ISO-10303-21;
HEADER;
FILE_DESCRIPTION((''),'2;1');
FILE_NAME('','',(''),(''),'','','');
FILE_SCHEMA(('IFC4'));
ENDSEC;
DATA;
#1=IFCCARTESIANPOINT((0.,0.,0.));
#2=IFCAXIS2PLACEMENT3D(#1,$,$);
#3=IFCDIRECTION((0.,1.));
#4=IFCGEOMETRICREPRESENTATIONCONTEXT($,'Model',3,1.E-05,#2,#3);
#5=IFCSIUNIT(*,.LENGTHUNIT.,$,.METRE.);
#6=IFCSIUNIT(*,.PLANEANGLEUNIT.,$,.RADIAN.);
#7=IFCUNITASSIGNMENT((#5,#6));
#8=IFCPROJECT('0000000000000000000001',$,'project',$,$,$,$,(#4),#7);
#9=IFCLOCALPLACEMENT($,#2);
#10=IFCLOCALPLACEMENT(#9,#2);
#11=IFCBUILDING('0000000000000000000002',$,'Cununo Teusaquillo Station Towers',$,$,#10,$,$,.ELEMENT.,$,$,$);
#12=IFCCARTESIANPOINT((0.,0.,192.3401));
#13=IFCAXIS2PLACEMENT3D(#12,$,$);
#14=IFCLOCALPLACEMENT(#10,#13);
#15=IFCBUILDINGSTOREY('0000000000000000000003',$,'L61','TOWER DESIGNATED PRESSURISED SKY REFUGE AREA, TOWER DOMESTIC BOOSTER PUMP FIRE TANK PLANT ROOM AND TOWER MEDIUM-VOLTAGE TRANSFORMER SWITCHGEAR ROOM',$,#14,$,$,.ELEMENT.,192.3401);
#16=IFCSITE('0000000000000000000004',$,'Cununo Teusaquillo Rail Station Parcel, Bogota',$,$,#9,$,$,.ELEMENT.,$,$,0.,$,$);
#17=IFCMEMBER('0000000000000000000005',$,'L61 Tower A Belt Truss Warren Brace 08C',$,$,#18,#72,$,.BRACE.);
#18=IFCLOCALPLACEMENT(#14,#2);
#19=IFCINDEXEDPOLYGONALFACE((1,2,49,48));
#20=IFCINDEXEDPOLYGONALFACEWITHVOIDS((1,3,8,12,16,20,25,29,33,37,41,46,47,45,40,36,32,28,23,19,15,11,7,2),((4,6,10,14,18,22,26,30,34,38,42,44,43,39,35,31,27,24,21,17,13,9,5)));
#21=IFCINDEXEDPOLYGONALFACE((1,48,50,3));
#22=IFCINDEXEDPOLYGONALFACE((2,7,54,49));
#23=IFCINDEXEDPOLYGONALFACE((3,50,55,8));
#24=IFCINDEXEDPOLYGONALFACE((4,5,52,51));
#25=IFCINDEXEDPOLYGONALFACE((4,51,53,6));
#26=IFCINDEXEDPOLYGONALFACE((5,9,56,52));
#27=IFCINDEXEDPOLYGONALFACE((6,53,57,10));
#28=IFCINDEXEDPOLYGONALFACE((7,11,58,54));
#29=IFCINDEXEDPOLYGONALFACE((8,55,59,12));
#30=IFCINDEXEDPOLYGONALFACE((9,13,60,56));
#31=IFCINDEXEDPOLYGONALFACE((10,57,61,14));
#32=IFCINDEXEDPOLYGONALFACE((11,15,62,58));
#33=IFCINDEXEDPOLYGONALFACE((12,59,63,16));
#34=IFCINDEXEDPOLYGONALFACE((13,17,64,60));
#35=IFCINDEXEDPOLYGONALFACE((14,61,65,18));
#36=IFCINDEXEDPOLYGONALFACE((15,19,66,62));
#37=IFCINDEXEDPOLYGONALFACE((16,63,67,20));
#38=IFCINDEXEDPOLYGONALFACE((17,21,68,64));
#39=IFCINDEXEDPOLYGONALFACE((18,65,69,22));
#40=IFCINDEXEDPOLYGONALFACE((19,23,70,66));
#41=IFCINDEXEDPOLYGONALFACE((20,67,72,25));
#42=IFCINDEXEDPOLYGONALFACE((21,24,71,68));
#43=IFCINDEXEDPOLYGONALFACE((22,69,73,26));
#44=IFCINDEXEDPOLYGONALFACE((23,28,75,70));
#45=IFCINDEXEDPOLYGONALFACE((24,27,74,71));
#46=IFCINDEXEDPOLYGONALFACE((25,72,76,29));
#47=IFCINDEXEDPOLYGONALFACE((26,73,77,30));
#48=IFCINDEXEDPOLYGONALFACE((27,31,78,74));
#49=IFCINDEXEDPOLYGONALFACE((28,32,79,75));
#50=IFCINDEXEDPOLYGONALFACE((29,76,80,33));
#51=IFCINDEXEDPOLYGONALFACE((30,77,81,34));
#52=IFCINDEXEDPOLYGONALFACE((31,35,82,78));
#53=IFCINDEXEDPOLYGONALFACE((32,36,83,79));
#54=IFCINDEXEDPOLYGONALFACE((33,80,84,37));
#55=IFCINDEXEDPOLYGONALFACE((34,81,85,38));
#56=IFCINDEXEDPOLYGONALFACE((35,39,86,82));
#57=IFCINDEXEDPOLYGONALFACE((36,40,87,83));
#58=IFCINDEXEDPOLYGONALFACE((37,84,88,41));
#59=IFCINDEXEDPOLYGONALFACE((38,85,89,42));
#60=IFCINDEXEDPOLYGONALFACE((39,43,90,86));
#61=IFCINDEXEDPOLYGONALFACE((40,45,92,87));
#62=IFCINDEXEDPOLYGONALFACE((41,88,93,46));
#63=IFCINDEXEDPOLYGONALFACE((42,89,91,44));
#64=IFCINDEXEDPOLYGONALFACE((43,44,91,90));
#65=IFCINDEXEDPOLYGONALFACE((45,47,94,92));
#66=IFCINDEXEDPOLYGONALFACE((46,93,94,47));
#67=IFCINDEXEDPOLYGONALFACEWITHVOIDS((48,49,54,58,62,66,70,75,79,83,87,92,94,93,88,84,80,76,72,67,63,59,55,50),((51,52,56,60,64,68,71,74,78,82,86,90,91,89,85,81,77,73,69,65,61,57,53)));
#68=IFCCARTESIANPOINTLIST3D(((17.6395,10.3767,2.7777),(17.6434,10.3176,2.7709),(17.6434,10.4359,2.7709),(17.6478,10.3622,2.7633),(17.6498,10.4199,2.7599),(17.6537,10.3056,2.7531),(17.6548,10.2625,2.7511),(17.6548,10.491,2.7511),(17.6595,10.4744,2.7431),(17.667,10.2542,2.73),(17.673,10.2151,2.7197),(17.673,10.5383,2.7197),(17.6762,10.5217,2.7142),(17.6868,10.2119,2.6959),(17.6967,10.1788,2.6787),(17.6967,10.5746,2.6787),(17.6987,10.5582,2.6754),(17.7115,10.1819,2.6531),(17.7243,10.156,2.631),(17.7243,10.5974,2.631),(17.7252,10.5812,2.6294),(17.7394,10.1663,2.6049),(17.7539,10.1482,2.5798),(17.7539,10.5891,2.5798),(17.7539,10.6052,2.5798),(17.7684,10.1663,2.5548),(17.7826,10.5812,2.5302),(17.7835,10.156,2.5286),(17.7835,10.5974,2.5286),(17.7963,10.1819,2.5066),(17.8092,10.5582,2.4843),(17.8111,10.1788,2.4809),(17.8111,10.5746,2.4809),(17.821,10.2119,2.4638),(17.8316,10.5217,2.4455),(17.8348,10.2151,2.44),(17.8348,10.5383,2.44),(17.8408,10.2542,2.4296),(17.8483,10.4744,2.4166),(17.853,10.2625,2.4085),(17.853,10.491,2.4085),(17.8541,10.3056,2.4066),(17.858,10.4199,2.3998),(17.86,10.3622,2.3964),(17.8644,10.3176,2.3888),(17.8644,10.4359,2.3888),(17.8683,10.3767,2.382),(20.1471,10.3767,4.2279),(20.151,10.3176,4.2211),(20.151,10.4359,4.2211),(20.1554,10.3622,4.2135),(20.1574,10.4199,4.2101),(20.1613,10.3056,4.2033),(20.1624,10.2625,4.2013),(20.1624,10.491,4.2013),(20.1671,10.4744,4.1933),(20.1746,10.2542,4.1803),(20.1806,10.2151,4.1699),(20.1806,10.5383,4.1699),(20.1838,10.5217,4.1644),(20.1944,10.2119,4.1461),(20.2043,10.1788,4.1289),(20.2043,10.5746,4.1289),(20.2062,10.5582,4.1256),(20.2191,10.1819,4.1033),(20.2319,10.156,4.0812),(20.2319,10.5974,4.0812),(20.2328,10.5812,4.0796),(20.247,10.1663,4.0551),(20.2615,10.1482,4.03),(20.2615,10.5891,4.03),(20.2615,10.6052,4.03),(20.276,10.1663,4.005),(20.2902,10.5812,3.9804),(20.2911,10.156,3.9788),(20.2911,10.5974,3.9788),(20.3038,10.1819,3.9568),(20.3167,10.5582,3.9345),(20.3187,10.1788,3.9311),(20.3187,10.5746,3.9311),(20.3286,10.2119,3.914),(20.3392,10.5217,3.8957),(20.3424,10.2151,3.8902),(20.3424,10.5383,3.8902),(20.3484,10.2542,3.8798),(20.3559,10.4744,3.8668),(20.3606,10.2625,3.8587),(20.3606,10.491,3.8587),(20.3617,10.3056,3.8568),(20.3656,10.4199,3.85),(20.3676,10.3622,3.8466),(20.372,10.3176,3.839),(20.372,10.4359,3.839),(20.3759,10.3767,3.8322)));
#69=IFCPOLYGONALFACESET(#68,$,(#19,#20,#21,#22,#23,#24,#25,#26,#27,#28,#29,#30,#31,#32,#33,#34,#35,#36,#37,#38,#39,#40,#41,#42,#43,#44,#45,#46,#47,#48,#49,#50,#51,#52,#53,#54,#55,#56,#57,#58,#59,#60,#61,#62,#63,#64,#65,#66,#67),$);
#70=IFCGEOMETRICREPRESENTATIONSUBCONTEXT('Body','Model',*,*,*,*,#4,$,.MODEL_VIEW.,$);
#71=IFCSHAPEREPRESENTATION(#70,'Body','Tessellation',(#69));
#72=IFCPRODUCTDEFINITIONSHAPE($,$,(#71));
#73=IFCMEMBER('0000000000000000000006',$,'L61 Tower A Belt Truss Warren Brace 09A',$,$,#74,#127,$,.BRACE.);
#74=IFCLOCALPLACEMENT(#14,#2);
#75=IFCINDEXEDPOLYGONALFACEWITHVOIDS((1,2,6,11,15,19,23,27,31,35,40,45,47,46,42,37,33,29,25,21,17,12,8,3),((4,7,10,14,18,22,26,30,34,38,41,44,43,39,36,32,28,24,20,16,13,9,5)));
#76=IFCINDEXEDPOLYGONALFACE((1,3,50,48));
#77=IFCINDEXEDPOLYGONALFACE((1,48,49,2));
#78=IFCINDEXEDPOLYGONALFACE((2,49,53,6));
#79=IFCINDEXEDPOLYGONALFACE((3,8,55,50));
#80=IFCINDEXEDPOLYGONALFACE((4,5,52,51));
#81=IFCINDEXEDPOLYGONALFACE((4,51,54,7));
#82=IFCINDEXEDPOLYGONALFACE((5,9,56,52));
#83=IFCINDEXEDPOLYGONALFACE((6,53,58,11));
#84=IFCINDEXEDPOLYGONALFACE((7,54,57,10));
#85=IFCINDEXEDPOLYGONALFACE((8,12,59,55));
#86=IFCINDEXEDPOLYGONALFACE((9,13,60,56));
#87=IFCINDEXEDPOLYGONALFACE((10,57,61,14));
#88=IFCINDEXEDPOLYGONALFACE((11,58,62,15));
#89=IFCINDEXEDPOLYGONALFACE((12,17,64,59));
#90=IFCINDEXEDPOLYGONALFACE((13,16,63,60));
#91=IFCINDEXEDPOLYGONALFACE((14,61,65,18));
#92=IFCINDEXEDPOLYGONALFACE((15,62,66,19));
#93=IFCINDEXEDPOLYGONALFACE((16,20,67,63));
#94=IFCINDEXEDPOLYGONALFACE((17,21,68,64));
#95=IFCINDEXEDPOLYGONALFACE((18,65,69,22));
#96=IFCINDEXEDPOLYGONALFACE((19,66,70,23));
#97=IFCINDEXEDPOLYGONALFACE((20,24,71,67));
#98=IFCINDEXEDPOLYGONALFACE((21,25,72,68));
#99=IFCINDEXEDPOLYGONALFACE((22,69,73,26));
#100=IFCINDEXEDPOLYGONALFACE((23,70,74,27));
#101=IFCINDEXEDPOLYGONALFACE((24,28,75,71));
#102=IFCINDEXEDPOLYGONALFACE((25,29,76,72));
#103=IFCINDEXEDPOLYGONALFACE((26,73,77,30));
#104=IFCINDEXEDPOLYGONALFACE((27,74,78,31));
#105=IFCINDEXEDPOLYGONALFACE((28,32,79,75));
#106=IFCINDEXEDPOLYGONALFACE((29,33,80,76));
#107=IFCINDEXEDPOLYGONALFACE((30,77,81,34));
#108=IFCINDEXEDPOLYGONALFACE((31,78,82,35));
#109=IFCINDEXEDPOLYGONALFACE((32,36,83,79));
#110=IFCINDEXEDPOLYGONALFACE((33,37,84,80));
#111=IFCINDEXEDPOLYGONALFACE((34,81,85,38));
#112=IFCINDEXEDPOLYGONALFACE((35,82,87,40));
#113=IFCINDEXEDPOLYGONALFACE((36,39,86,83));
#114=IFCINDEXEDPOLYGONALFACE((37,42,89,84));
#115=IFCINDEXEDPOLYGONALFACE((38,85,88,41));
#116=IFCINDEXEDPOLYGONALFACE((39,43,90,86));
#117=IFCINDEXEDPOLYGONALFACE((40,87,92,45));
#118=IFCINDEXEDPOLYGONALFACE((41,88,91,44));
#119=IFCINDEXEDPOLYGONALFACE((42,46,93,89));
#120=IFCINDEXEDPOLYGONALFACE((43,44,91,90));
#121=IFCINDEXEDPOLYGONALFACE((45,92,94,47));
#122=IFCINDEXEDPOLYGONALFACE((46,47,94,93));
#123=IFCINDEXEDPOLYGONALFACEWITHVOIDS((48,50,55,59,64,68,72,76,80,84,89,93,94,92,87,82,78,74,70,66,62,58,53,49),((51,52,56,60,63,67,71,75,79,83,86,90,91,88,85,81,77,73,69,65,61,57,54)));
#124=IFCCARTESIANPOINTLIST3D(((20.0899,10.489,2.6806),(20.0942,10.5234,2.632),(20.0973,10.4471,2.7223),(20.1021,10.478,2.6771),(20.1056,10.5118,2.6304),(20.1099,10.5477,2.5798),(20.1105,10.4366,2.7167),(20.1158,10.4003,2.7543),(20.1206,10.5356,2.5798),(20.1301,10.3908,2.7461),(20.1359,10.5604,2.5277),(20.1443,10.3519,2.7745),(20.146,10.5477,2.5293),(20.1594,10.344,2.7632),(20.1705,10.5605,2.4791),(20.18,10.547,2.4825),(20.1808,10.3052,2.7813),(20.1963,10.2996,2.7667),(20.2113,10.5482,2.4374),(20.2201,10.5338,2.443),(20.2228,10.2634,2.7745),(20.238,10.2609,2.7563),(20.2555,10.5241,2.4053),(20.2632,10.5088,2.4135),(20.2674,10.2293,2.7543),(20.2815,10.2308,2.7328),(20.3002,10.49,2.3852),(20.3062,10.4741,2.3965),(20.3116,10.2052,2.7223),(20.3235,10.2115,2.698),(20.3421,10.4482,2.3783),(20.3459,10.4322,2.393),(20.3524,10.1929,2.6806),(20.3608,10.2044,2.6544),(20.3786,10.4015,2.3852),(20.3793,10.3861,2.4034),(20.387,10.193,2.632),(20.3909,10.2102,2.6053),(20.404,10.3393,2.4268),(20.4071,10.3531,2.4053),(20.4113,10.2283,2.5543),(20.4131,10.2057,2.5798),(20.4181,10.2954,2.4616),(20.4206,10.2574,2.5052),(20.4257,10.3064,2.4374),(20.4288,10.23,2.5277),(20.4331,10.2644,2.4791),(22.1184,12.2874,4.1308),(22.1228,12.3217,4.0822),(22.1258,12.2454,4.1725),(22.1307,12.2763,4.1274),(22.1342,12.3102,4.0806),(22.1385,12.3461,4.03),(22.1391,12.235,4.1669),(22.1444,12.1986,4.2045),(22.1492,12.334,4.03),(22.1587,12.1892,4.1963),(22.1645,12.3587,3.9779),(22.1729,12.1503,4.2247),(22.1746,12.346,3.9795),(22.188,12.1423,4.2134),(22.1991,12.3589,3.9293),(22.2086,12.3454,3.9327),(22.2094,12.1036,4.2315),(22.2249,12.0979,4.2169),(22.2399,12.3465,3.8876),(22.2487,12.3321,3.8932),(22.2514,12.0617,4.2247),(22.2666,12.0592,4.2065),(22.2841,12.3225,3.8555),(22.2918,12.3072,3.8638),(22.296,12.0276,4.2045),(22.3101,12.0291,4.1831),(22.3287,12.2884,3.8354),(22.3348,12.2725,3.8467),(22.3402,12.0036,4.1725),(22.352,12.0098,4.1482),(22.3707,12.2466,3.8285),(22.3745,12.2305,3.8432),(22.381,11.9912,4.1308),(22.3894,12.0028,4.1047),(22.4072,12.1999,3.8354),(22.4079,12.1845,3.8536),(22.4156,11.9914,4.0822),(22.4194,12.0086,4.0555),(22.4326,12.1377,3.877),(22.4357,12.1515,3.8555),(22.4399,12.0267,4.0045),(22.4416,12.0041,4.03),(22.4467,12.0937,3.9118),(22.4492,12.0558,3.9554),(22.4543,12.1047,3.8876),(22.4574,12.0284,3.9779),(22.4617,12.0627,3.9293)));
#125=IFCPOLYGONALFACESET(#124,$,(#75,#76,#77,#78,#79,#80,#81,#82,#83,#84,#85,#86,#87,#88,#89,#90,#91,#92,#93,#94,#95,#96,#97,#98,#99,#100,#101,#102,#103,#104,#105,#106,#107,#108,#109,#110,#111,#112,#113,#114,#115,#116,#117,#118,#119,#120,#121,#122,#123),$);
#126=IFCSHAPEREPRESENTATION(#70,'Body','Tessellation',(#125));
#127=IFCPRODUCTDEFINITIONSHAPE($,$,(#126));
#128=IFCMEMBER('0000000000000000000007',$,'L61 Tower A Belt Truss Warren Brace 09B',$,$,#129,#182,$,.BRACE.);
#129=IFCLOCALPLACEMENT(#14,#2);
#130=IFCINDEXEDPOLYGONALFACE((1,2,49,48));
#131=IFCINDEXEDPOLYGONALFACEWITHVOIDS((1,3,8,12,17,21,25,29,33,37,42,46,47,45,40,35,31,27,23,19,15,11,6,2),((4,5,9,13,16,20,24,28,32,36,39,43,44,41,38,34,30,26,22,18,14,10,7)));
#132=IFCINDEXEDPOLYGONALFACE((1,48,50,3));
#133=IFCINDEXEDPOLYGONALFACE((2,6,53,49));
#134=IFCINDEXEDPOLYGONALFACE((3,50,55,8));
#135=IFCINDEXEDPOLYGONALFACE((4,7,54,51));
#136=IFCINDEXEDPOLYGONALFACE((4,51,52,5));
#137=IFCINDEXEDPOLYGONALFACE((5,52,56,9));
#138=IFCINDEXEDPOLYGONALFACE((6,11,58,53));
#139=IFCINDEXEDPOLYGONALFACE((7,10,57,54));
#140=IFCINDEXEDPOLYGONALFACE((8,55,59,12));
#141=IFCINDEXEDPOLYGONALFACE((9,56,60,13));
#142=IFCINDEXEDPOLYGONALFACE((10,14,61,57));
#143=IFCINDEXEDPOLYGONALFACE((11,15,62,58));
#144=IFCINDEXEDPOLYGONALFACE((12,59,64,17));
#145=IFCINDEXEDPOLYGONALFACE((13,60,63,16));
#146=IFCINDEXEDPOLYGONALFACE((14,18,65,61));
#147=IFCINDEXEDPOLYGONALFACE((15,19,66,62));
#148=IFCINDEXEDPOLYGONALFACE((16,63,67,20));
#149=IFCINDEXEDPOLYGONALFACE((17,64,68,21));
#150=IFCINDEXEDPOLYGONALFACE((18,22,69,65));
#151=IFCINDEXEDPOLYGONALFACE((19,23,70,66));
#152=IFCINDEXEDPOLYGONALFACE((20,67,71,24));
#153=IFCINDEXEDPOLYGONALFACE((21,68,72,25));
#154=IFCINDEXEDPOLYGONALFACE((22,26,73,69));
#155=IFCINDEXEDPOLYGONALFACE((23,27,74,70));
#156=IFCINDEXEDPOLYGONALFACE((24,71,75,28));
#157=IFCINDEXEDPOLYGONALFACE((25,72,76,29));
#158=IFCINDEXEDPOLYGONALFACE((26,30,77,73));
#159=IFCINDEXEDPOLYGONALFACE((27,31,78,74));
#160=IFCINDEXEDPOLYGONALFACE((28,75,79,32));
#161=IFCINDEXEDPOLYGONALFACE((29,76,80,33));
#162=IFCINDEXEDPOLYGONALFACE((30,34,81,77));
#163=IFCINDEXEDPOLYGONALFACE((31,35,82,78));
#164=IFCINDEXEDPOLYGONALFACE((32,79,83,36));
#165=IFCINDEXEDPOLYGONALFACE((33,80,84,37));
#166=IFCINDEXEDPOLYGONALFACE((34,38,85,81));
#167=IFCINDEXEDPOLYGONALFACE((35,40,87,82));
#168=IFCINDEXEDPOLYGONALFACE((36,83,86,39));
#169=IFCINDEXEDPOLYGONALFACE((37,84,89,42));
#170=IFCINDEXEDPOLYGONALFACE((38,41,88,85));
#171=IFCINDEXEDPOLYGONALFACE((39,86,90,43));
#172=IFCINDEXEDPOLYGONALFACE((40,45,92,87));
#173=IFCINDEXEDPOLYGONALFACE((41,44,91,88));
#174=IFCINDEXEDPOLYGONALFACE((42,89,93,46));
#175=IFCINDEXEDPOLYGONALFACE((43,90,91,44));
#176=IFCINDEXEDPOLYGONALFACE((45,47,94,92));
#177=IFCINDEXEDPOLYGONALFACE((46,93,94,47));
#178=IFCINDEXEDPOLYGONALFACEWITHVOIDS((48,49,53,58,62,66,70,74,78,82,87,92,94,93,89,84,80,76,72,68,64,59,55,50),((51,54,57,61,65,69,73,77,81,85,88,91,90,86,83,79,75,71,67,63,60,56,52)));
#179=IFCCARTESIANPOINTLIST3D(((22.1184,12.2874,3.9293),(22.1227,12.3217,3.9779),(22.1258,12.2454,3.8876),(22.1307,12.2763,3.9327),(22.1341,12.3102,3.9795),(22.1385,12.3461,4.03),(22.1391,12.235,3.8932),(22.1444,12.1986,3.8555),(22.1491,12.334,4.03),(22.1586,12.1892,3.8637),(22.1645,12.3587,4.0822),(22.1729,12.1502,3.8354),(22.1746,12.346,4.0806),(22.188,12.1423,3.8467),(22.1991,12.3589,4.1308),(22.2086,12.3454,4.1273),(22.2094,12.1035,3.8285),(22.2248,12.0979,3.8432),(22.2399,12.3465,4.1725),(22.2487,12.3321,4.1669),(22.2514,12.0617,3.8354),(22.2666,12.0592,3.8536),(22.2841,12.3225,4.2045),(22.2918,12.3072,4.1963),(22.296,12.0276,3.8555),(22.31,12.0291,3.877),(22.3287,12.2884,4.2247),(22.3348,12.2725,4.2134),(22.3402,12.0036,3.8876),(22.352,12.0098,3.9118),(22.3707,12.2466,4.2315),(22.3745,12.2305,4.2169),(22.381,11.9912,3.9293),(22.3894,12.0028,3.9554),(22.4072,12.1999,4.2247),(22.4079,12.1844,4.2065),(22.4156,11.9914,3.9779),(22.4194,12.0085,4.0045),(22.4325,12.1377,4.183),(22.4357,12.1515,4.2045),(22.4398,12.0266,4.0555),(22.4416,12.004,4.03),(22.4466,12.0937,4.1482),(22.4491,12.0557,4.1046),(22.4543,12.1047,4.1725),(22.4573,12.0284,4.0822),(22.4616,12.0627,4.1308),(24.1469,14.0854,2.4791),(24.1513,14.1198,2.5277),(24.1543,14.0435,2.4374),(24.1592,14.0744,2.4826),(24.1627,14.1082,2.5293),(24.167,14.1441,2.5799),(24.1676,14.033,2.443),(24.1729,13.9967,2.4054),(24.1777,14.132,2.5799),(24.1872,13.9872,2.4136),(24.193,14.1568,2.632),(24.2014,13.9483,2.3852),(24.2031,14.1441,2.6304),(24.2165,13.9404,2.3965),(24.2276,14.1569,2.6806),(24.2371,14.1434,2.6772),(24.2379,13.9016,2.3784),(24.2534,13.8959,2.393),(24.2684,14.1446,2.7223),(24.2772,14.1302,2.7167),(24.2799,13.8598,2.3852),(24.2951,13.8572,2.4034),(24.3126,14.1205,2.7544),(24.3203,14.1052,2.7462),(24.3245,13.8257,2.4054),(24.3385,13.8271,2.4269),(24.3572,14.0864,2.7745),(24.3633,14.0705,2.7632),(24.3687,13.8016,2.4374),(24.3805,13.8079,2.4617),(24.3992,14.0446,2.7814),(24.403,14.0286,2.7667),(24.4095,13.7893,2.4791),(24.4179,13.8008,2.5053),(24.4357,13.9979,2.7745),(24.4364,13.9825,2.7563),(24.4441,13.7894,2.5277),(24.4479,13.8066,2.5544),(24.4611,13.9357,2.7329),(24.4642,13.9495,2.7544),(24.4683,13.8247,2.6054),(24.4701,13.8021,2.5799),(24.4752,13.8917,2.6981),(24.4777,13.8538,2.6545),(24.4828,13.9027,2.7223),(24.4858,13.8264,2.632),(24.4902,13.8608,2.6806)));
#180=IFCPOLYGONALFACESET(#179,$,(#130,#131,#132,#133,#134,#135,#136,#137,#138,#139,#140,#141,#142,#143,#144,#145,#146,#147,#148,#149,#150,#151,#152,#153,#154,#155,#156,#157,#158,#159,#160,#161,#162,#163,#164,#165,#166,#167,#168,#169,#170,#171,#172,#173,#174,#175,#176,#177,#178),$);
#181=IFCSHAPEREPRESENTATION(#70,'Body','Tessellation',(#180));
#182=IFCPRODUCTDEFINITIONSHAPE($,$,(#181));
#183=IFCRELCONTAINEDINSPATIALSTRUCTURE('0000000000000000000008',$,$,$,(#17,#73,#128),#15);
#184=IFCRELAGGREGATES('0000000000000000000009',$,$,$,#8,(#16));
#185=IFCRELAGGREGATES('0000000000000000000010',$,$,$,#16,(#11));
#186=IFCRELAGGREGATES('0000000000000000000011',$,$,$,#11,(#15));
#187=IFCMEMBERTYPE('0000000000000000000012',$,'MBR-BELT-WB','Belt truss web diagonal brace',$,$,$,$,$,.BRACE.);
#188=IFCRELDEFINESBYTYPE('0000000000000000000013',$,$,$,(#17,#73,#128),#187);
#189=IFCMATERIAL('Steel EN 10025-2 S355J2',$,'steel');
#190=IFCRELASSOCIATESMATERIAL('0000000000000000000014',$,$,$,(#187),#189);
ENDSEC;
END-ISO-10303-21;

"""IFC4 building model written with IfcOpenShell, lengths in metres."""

from ifc_helpers import new_model, si_unit, direction, frame, origin, origin_2d, place, context, subcontext, project, spatial, hollow_circle, extrude, material, material_profile, profile_set, type_object, element, save


model = new_model("IFC4")

# Units and contexts
model_context = context("Model", 3, precision=1e-05, world=origin(), true_north=direction((0.0, 1.0)))
body_context = subcontext(model_context, "Body", "Model", "MODEL_VIEW")
ifc_project = project(units=[si_unit("LENGTHUNIT", "METRE"), si_unit("PLANEANGLEUNIT", "RADIAN")], contexts=[model_context])

# Site, building, storey
site_placement = place(None, origin())
site = spatial("IfcSite", under=ifc_project, at=site_placement, Name="Cununo Teusaquillo Rail Station Parcel, Bogota", CompositionType="ELEMENT", RefElevation=0.0)
building_placement = place(site_placement, origin())
building = spatial("IfcBuilding", under=site, at=building_placement, Name="Cununo Teusaquillo Station Towers", CompositionType="ELEMENT")
storey_placement = place(building_placement, frame((0.0, 0.0, 192.3401)))
storey = spatial("IfcBuildingStorey", under=building, at=storey_placement, Name="L61", Description="TOWER DESIGNATED PRESSURISED SKY REFUGE AREA, TOWER DOMESTIC BOOSTER PUMP FIRE TANK PLANT ROOM AND TOWER MEDIUM-VOLTAGE TRANSFORMER SWITCHGEAR ROOM", CompositionType="ELEMENT", Elevation=192.3401)

# Members
ifc_material_1 = material(Name="Steel EN 10025-2 S355J2", Category="steel")
ifc_material_profile_1 = material_profile(ifc_material_1, hollow_circle(Radius=0.2285, WallThickness=0.0161, at=origin_2d()), Name="CHS 457x16")
ifc_profile_set_1 = profile_set([ifc_material_profile_1], Name="Steel EN 10025-2 S355J2")
member_type_1 = type_object("IfcMemberType", Name="MBR-BELT-WB", Description="Belt truss web diagonal brace", PredefinedType="BRACE", material=ifc_profile_set_1)
member_1_placement = place(storey_placement, frame((17.7539, 10.3767, 2.5798), z_axis=(0.865659, 0.0, 0.500634), x_axis=(0.0, 1.0, 0.0)))
element("IfcMember", 1, at=member_1_placement, inside=storey, type_object=member_type_1, Name="L61 Tower A Belt Truss Warren Brace 08C", PredefinedType="BRACE", context=body_context, shape_type="SweptSolid", body=[
    extrude(hollow_circle(Radius=0.2285, WallThickness=0.0161, at=origin_2d()), origin(), (0.0, 0.0, 1.0), 2.8967),
])
member_2_placement = place(storey_placement, frame((20.2615, 10.3767, 2.5798), z_axis=(0.659816, 0.584933, 0.471695), x_axis=(-0.663368, 0.748293, 0.0)))
element("IfcMember", 2, at=member_2_placement, inside=storey, type_object=member_type_1, Name="L61 Tower A Belt Truss Warren Brace 09A", PredefinedType="BRACE", context=body_context, shape_type="SweptSolid", body=[
    extrude(hollow_circle(Radius=0.2285, WallThickness=0.0161, at=origin_2d()), origin(), (0.0, 0.0, 1.0), 3.0745),
])
member_3_placement = place(storey_placement, frame((22.29, 12.175, 4.03), z_axis=(0.659847, 0.584881, -0.471716), x_axis=(-0.663318, 0.748338, 0.0)))
element("IfcMember", 3, at=member_3_placement, inside=storey, type_object=member_type_1, Name="L61 Tower A Belt Truss Warren Brace 09B", PredefinedType="BRACE", context=body_context, shape_type="SweptSolid", body=[
    extrude(hollow_circle(Radius=0.2285, WallThickness=0.0161, at=origin_2d()), origin(), (0.0, 0.0, 1.0), 3.0742),
])

save(model, "model.ifc")
